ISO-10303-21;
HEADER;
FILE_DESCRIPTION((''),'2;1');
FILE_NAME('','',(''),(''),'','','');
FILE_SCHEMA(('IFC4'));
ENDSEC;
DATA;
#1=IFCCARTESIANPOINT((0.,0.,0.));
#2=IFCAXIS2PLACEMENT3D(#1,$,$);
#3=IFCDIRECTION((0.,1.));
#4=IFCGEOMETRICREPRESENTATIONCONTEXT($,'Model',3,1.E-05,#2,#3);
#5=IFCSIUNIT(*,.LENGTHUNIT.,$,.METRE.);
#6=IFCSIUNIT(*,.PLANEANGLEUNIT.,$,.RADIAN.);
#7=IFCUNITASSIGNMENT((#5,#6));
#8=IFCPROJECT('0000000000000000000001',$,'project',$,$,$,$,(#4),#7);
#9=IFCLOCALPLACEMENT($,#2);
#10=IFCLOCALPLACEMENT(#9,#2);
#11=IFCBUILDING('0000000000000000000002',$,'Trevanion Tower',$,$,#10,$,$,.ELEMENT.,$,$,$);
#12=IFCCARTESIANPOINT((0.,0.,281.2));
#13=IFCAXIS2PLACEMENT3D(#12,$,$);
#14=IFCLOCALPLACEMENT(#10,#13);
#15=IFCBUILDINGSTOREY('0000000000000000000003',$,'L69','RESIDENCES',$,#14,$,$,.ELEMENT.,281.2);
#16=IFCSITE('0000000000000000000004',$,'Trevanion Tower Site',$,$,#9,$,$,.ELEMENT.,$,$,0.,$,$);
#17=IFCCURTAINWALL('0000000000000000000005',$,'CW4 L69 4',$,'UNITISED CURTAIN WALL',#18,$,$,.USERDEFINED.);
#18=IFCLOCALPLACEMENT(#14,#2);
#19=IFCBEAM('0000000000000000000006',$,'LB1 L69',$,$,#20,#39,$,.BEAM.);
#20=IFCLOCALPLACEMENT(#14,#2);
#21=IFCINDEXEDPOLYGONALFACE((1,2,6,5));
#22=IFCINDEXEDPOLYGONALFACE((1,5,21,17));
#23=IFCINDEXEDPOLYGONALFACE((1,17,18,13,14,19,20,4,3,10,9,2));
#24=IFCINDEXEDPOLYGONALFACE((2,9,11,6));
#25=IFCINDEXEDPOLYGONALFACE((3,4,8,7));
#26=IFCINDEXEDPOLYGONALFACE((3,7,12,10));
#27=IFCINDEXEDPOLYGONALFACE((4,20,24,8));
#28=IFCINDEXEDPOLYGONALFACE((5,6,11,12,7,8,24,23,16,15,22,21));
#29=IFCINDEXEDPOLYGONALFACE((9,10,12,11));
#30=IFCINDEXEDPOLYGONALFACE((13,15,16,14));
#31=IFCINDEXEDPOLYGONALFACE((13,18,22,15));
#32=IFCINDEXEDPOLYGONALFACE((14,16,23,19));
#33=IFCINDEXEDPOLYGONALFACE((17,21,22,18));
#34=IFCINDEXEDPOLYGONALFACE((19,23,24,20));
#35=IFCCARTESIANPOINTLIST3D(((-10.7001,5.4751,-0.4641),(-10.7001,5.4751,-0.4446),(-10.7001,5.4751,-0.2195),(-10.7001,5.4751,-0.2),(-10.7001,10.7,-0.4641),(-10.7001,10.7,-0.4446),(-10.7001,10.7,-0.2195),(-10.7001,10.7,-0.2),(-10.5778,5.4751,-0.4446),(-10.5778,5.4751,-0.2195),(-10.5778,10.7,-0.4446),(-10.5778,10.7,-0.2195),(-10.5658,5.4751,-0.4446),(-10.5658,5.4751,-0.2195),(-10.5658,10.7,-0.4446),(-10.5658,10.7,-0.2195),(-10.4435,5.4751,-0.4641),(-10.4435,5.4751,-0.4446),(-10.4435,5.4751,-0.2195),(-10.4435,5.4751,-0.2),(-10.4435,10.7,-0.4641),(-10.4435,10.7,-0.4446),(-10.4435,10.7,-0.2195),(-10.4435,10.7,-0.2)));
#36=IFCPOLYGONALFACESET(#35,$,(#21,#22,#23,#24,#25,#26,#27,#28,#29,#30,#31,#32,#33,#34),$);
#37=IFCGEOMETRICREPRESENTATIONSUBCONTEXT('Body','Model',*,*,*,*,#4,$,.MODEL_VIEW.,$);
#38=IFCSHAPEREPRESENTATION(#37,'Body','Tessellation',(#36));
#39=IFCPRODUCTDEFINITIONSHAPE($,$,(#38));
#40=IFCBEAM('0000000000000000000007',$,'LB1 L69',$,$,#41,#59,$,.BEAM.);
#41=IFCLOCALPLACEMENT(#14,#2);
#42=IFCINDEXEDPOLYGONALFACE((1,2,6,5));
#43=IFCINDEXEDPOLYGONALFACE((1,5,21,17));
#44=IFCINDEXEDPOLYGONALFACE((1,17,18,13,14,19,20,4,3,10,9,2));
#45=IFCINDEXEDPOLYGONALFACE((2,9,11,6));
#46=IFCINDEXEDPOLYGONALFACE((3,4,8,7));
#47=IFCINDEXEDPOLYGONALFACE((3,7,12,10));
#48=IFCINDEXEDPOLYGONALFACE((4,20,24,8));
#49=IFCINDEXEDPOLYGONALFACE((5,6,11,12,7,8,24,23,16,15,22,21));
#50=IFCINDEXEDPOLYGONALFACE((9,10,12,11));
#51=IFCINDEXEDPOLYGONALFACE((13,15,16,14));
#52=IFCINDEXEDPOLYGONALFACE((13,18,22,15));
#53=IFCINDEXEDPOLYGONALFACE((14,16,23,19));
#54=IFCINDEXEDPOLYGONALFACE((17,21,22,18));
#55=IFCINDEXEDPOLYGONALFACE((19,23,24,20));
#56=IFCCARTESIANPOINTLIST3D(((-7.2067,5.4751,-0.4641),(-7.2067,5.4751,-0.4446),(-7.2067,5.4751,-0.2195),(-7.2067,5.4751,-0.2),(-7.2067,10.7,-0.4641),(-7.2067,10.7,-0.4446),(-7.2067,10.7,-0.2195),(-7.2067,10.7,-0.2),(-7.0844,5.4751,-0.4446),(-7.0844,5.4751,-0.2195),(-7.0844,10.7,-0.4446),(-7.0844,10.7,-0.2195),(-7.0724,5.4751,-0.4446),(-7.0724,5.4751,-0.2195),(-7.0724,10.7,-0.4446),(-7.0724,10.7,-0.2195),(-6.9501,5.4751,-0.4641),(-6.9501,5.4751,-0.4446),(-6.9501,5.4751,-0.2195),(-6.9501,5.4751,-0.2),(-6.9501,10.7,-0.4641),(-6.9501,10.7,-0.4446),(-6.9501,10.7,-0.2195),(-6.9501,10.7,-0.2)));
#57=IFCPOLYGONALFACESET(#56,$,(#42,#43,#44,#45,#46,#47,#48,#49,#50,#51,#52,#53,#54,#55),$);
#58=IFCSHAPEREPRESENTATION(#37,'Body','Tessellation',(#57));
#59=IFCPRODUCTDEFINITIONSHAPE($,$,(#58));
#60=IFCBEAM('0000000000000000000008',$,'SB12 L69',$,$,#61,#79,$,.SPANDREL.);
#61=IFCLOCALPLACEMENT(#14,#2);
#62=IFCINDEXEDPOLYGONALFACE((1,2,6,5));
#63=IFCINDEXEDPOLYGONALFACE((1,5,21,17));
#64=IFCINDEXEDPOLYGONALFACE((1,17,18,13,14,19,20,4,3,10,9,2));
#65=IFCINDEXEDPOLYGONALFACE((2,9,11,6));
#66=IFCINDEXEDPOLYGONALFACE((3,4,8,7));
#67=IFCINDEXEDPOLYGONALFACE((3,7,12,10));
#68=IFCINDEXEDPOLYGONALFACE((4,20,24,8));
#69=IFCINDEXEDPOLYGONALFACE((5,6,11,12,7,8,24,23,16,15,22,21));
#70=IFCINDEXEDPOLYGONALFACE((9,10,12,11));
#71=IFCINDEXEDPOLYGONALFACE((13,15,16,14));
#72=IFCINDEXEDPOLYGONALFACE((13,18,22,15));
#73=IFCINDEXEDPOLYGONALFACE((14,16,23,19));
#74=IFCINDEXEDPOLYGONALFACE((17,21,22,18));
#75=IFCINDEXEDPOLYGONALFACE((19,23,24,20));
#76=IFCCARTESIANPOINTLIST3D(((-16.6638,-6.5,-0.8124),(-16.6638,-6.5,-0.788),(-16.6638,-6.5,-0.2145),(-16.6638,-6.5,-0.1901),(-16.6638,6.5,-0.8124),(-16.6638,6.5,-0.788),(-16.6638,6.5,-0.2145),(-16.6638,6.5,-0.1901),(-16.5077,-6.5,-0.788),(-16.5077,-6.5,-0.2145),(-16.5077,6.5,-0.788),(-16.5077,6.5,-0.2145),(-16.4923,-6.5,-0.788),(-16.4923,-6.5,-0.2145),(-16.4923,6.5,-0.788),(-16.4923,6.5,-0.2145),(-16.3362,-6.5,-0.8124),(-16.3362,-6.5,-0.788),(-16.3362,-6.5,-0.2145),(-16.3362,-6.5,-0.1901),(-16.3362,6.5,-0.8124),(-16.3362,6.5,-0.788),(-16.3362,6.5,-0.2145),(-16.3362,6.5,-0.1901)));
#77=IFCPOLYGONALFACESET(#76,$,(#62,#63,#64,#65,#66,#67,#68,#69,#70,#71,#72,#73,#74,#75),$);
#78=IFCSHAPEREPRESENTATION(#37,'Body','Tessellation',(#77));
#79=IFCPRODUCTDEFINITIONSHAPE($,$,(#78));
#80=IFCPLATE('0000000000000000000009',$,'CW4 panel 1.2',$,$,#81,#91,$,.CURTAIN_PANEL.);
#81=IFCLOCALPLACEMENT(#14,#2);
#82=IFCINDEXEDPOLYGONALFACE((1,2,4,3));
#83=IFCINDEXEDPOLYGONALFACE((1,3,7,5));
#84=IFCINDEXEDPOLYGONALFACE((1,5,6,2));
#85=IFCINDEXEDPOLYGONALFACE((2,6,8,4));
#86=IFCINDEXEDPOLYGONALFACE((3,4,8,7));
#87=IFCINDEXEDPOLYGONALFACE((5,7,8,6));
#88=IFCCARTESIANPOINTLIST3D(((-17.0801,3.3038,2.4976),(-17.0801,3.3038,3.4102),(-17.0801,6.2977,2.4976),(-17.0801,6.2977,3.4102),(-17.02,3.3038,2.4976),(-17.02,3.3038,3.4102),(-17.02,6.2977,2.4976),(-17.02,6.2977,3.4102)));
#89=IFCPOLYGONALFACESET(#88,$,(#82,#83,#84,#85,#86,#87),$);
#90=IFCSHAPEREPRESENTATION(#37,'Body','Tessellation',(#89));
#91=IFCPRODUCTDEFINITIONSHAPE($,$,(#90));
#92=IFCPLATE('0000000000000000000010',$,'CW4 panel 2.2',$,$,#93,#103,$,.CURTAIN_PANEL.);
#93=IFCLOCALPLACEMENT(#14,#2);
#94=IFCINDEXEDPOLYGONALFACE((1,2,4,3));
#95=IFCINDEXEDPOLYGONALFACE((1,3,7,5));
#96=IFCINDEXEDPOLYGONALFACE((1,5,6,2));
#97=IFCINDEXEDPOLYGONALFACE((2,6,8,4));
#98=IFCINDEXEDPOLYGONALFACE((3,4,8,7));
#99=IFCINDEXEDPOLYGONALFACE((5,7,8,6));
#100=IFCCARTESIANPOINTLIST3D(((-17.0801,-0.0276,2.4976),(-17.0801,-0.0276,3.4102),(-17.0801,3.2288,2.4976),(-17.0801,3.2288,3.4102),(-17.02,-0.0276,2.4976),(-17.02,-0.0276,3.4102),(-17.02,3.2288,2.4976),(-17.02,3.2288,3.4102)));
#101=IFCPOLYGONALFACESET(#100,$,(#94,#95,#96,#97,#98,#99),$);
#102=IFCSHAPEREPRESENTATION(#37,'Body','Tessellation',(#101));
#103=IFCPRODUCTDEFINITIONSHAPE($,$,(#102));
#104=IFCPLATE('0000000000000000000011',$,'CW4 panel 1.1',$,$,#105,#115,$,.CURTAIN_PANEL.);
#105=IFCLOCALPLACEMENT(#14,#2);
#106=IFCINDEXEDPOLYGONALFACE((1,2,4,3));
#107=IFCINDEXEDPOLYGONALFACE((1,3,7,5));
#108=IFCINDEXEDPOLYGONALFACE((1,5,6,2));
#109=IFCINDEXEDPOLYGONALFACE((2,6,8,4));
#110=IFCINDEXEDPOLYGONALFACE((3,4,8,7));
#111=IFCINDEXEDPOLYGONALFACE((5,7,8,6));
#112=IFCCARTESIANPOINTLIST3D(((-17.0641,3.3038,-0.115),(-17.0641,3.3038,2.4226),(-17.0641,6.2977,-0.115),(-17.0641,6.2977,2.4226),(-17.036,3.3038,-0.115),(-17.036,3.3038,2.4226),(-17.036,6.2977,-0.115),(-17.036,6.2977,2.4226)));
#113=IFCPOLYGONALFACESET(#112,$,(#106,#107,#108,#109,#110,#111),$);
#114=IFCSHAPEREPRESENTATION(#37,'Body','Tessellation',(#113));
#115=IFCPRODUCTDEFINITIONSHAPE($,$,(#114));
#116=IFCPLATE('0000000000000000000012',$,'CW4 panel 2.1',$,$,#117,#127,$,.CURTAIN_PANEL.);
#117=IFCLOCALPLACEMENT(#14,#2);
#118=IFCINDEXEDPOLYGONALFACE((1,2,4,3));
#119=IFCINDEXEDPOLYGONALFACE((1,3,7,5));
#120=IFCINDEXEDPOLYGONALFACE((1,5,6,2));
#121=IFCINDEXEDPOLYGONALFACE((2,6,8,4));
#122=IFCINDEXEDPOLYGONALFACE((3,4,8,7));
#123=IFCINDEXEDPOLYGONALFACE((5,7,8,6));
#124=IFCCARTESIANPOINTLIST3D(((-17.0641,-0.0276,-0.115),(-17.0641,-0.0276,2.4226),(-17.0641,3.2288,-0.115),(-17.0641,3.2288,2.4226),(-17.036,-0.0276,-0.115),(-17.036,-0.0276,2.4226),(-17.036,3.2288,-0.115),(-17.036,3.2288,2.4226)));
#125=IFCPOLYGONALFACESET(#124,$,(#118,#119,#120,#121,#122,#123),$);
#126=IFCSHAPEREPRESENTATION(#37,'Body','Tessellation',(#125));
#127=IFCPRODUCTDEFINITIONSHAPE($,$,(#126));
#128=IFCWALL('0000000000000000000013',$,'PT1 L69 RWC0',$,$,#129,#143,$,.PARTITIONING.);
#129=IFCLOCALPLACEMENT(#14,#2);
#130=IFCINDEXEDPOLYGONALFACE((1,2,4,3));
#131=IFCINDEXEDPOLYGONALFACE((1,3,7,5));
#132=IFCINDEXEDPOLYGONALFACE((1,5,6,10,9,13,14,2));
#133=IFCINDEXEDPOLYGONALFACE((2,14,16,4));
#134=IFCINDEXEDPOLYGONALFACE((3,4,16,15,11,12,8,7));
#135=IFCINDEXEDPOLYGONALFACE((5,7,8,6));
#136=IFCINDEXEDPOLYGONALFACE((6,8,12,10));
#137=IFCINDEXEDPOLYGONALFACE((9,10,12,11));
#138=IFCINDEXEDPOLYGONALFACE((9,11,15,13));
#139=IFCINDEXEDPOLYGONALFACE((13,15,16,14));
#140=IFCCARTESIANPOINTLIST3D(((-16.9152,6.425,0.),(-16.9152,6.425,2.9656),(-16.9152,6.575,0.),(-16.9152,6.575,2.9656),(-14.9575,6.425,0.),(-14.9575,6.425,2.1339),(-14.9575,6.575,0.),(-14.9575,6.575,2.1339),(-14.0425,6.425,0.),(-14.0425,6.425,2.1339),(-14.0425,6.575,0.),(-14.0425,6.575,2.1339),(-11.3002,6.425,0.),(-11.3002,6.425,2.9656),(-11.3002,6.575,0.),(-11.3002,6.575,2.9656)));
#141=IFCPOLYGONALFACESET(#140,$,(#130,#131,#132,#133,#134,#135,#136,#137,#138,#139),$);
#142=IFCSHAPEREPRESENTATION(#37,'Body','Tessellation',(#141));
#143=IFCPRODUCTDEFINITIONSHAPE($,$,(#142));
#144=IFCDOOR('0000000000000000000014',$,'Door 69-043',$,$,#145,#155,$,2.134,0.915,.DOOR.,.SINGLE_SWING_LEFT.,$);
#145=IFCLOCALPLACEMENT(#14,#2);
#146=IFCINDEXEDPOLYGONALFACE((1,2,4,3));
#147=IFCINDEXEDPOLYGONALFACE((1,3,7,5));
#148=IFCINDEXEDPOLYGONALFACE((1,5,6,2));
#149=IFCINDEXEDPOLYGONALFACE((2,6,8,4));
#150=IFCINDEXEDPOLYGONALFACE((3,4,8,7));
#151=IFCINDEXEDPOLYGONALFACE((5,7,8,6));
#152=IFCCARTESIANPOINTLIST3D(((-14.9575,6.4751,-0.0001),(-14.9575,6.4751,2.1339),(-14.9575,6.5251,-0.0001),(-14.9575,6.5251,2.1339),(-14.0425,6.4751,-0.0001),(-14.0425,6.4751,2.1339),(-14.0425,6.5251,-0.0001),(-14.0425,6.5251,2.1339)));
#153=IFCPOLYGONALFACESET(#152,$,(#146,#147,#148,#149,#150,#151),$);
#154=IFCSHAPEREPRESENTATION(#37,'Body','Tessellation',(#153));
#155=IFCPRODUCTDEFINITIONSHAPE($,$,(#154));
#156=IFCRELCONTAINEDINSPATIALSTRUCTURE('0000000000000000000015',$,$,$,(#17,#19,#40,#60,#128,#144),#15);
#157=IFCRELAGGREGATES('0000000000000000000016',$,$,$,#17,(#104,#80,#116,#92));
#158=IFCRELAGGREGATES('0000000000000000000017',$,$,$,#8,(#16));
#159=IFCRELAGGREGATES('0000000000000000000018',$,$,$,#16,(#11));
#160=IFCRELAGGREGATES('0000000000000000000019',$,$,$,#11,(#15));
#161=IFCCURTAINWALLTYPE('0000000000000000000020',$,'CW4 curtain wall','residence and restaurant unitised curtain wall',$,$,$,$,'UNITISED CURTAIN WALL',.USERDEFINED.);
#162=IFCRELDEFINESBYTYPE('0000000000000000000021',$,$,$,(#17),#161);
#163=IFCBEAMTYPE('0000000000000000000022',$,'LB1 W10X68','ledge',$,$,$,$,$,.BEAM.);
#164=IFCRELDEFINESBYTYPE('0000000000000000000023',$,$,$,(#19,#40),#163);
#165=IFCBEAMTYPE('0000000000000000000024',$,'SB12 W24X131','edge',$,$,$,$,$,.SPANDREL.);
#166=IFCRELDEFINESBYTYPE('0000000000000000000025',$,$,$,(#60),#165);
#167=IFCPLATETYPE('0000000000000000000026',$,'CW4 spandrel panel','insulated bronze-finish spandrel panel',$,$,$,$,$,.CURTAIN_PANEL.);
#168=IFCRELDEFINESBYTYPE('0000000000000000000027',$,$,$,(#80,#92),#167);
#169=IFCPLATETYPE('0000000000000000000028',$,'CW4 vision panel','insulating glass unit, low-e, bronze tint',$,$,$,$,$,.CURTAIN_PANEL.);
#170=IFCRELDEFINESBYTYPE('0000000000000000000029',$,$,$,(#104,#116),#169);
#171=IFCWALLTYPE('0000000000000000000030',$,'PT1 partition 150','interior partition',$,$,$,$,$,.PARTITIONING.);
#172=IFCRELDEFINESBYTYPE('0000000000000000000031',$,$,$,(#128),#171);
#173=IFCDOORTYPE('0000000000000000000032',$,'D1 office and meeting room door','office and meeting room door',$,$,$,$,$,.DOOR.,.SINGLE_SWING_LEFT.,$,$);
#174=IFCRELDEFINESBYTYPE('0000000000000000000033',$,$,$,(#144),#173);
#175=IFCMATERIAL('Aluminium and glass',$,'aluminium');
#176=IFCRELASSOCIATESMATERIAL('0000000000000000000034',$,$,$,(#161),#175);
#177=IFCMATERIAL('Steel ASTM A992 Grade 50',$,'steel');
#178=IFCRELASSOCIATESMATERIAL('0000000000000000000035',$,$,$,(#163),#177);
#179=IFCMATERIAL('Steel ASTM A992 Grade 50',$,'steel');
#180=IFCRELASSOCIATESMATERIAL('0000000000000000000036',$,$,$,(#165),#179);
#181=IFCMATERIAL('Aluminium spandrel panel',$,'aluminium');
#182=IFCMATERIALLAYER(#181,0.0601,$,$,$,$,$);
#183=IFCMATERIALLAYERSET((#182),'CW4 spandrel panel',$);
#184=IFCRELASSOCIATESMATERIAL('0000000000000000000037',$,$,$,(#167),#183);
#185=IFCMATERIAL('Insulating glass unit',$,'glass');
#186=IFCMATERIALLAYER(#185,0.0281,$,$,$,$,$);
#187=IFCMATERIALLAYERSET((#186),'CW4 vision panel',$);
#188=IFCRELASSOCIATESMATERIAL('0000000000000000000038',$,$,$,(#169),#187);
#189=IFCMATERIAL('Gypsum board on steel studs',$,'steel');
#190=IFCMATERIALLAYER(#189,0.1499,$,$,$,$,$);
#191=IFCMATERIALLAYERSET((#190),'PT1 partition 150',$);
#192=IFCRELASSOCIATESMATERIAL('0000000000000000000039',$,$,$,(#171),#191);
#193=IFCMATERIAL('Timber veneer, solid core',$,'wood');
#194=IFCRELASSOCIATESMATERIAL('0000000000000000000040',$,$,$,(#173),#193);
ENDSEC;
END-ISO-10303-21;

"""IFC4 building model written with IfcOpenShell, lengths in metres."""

from ifc_helpers import new_model, si_unit, direction, frame, frame_2d, origin, origin_2d, place, context, subcontext, project, spatial, rectangle, i_section, extrude, material, layer, layer_set, material_profile, profile_set, type_object, element, fill, aggregate, save


model = new_model("IFC4")

# Units and contexts
model_context = context("Model", 3, precision=1e-05, world=origin(), true_north=direction((0.0, 1.0)))
body_context = subcontext(model_context, "Body", "Model", "MODEL_VIEW")
ifc_project = project(units=[si_unit("LENGTHUNIT", "METRE"), si_unit("PLANEANGLEUNIT", "RADIAN")], contexts=[model_context])

# Site, building, storey
site_placement = place(None, origin())
site = spatial("IfcSite", under=ifc_project, at=site_placement, Name="Trevanion Tower Site", CompositionType="ELEMENT", RefElevation=0.0)
building_placement = place(site_placement, origin())
building = spatial("IfcBuilding", under=site, at=building_placement, Name="Trevanion Tower", CompositionType="ELEMENT")
storey_placement = place(building_placement, frame((0.0, 0.0, 281.2)))
storey = spatial("IfcBuildingStorey", under=building, at=storey_placement, Name="L69", Description="RESIDENCES", CompositionType="ELEMENT", Elevation=281.2)

# Curtain wall
ifc_material_1 = material(Name="Aluminium and glass", Category="aluminium")
curtain_wall_type = type_object("IfcCurtainWallType", Name="CW4 curtain wall", Description="residence and restaurant unitised curtain wall", ElementType="UNITISED CURTAIN WALL", PredefinedType="USERDEFINED", material=ifc_material_1)
curtain_wall_1_placement = place(storey_placement, origin())
curtain_wall_1 = element("IfcCurtainWall", 1, at=curtain_wall_1_placement, inside=storey, type_object=curtain_wall_type, Name="CW4 L69 4", ObjectType="UNITISED CURTAIN WALL", PredefinedType="USERDEFINED")

# Beams
ifc_material_2 = material(Name="Steel ASTM A992 Grade 50", Category="steel")
ifc_material_profile_1 = material_profile(ifc_material_2, i_section(OverallWidth=0.2566, OverallDepth=0.2642, WebThickness=0.012, FlangeThickness=0.0195, at=origin_2d()), Name="W10X68")
ifc_profile_set_1 = profile_set([ifc_material_profile_1], Name="Steel ASTM A992 Grade 50")
beam_type_1 = type_object("IfcBeamType", Name="LB1 W10X68", Description="ledge", PredefinedType="BEAM", material=ifc_profile_set_1)
for number, where, z_axis, x_axis, name in (
    (2, (-10.5718, 5.4751, -0.332), (0.0, 1.0, 0.0), (-1.0, 0.0, 0.0), "LB1 L69"),
    (3, (-7.0784, 5.4751, -0.332), (0.0, 1.0, 0.0), (-1.0, 0.0, 0.0), "LB1 L69"),
):
    element("IfcBeam", number, at=place(storey_placement, frame(where, z_axis=z_axis, x_axis=x_axis)), inside=storey, type_object=beam_type_1, Name=name, PredefinedType="BEAM", context=body_context, shape_type="SweptSolid", body=[
        extrude(i_section(OverallWidth=0.2566, OverallDepth=0.2642, WebThickness=0.012, FlangeThickness=0.0195, at=origin_2d()), origin(), (0.0, 0.0, 1.0), 5.2249),
    ])
ifc_material_3 = material(Name="Steel ASTM A992 Grade 50", Category="steel")
ifc_material_profile_2 = material_profile(ifc_material_3, i_section(OverallWidth=0.3276, OverallDepth=0.6223, WebThickness=0.0154, FlangeThickness=0.0244, at=origin_2d()), Name="W24X131")
ifc_profile_set_2 = profile_set([ifc_material_profile_2], Name="Steel ASTM A992 Grade 50")
beam_type_2 = type_object("IfcBeamType", Name="SB12 W24X131", Description="edge", PredefinedType="SPANDREL", material=ifc_profile_set_2)
beam_1_placement = place(storey_placement, frame((-16.5, 6.5, -0.5012), z_axis=(0.0, -1.0, 0.0), x_axis=(1.0, 0.0, 0.0)))
element("IfcBeam", 4, at=beam_1_placement, inside=storey, type_object=beam_type_2, Name="SB12 L69", PredefinedType="SPANDREL", context=body_context, shape_type="SweptSolid", body=[
    extrude(i_section(OverallWidth=0.3276, OverallDepth=0.6223, WebThickness=0.0154, FlangeThickness=0.0244, at=origin_2d()), origin(), (0.0, 0.0, 1.0), 13.0),
])

# Plates
ifc_material_4 = material(Name="Aluminium spandrel panel", Category="aluminium")
ifc_layer_1 = layer(ifc_material_4, 0.0601)
ifc_layer_set_1 = layer_set([ifc_layer_1], Name="CW4 spandrel panel")
plate_type_1 = type_object("IfcPlateType", Name="CW4 spandrel panel", Description="insulated bronze-finish spandrel panel", PredefinedType="CURTAIN_PANEL", material=ifc_layer_set_1)
plate_1_placement = place(storey_placement, frame((-17.05, 4.8008, 2.4976), z_axis=(0.0, 0.0, 1.0), x_axis=(0.0, -1.0, 0.0)))
plate_1 = element("IfcPlate", 5, at=plate_1_placement, type_object=plate_type_1, Name="CW4 panel 1.2", PredefinedType="CURTAIN_PANEL", context=body_context, shape_type="SweptSolid", body=[
    extrude(rectangle(XDim=2.9939, YDim=0.0601, at=origin_2d()), origin(), (0.0, 0.0, 1.0), 0.9126),
])
plate_2_placement = place(storey_placement, frame((-17.05, 1.6006, 2.4976), z_axis=(0.0, 0.0, 1.0), x_axis=(0.0, -1.0, 0.0)))
plate_2 = element("IfcPlate", 6, at=plate_2_placement, type_object=plate_type_1, Name="CW4 panel 2.2", PredefinedType="CURTAIN_PANEL", context=body_context, shape_type="SweptSolid", body=[
    extrude(rectangle(XDim=3.2563, YDim=0.0601, at=origin_2d()), origin(), (0.0, 0.0, 1.0), 0.9126),
])
ifc_material_5 = material(Name="Insulating glass unit", Category="glass")
ifc_layer_2 = layer(ifc_material_5, 0.0281)
ifc_layer_set_2 = layer_set([ifc_layer_2], Name="CW4 vision panel")
plate_type_2 = type_object("IfcPlateType", Name="CW4 vision panel", Description="insulating glass unit, low-e, bronze tint", PredefinedType="CURTAIN_PANEL", material=ifc_layer_set_2)
plate_3_placement = place(storey_placement, frame((-17.05, 4.8008, -0.115), z_axis=(0.0, 0.0, 1.0), x_axis=(0.0, -1.0, 0.0)))
plate_3 = element("IfcPlate", 7, at=plate_3_placement, type_object=plate_type_2, Name="CW4 panel 1.1", PredefinedType="CURTAIN_PANEL", context=body_context, shape_type="SweptSolid", body=[
    extrude(rectangle(XDim=2.9939, YDim=0.0281, at=origin_2d()), origin(), (0.0, 0.0, 1.0), 2.5376),
])
plate_4_placement = place(storey_placement, frame((-17.05, 1.6006, -0.115), z_axis=(0.0, 0.0, 1.0), x_axis=(0.0, -1.0, 0.0)))
plate_4 = element("IfcPlate", 8, at=plate_4_placement, type_object=plate_type_2, Name="CW4 panel 2.1", PredefinedType="CURTAIN_PANEL", context=body_context, shape_type="SweptSolid", body=[
    extrude(rectangle(XDim=3.2563, YDim=0.0281, at=origin_2d()), origin(), (0.0, 0.0, 1.0), 2.5376),
])
aggregate(curtain_wall_1, [plate_3, plate_1, plate_4, plate_2])

# Wall, opening, door
ifc_material_6 = material(Name="Gypsum board on steel studs", Category="steel")
ifc_layer_3 = layer(ifc_material_6, 0.1499)
ifc_layer_set_3 = layer_set([ifc_layer_3], Name="PT1 partition 150")
wall_type = type_object("IfcWallType", Name="PT1 partition 150", Description="interior partition", PredefinedType="PARTITIONING", material=ifc_layer_set_3)
wall_1_placement = place(storey_placement, frame((-11.3, 6.5, 0.0), z_axis=(0.0, 0.0, 1.0), x_axis=(-1.0, 0.0, 0.0)))
wall_1 = element("IfcWall", 9, at=wall_1_placement, inside=storey, type_object=wall_type, Name="PT1 L69 RWC0", PredefinedType="PARTITIONING", context=body_context, shape_type="SweptSolid", body=[
    extrude(rectangle(XDim=5.615, YDim=0.1499, at=frame_2d((2.8076, 0.0))), origin(), (0.0, 0.0, 1.0), 2.9656),
])
opening_1_placement = place(wall_1_placement, frame((2.7424, 0.0, 0.0)))
opening_1 = element("IfcOpeningElement", 10, at=opening_1_placement, cuts=wall_1, PredefinedType="OPENING", context=body_context, shape_type="SweptSolid", body=[
    extrude(rectangle(XDim=0.915, YDim=2.134, at=frame_2d((0.4575, 1.0669))), frame((0.0, 0.085, 0.0), z_axis=(0.0, -1.0, 0.0), x_axis=(1.0, 0.0, 0.0)), (0.0, 0.0, 1.0), 0.1699),
])
ifc_material_7 = material(Name="Timber veneer, solid core", Category="wood")
door_type_1 = type_object("IfcDoorType", Name="D1 office and meeting room door", Description="office and meeting room door", OperationType="SINGLE_SWING_LEFT", PredefinedType="DOOR", material=ifc_material_7)
door_1_placement = place(opening_1_placement, origin())
door_1 = element("IfcDoor", 11, at=door_1_placement, inside=storey, type_object=door_type_1, Name="Door 69-043", OperationType="SINGLE_SWING_LEFT", OverallHeight=2.134, OverallWidth=0.915, PredefinedType="DOOR", context=body_context, shape_type="SweptSolid", body=[
    extrude(rectangle(XDim=0.915, YDim=2.134, at=frame_2d((0.4575, 1.0669))), frame((0.0, 0.0249, 0.0), z_axis=(0.0, -1.0, 0.0), x_axis=(1.0, 0.0, 0.0)), (0.0, 0.0, 1.0), 0.05),
])
fill(opening_1, door_1)

save(model, "model.ifc")
